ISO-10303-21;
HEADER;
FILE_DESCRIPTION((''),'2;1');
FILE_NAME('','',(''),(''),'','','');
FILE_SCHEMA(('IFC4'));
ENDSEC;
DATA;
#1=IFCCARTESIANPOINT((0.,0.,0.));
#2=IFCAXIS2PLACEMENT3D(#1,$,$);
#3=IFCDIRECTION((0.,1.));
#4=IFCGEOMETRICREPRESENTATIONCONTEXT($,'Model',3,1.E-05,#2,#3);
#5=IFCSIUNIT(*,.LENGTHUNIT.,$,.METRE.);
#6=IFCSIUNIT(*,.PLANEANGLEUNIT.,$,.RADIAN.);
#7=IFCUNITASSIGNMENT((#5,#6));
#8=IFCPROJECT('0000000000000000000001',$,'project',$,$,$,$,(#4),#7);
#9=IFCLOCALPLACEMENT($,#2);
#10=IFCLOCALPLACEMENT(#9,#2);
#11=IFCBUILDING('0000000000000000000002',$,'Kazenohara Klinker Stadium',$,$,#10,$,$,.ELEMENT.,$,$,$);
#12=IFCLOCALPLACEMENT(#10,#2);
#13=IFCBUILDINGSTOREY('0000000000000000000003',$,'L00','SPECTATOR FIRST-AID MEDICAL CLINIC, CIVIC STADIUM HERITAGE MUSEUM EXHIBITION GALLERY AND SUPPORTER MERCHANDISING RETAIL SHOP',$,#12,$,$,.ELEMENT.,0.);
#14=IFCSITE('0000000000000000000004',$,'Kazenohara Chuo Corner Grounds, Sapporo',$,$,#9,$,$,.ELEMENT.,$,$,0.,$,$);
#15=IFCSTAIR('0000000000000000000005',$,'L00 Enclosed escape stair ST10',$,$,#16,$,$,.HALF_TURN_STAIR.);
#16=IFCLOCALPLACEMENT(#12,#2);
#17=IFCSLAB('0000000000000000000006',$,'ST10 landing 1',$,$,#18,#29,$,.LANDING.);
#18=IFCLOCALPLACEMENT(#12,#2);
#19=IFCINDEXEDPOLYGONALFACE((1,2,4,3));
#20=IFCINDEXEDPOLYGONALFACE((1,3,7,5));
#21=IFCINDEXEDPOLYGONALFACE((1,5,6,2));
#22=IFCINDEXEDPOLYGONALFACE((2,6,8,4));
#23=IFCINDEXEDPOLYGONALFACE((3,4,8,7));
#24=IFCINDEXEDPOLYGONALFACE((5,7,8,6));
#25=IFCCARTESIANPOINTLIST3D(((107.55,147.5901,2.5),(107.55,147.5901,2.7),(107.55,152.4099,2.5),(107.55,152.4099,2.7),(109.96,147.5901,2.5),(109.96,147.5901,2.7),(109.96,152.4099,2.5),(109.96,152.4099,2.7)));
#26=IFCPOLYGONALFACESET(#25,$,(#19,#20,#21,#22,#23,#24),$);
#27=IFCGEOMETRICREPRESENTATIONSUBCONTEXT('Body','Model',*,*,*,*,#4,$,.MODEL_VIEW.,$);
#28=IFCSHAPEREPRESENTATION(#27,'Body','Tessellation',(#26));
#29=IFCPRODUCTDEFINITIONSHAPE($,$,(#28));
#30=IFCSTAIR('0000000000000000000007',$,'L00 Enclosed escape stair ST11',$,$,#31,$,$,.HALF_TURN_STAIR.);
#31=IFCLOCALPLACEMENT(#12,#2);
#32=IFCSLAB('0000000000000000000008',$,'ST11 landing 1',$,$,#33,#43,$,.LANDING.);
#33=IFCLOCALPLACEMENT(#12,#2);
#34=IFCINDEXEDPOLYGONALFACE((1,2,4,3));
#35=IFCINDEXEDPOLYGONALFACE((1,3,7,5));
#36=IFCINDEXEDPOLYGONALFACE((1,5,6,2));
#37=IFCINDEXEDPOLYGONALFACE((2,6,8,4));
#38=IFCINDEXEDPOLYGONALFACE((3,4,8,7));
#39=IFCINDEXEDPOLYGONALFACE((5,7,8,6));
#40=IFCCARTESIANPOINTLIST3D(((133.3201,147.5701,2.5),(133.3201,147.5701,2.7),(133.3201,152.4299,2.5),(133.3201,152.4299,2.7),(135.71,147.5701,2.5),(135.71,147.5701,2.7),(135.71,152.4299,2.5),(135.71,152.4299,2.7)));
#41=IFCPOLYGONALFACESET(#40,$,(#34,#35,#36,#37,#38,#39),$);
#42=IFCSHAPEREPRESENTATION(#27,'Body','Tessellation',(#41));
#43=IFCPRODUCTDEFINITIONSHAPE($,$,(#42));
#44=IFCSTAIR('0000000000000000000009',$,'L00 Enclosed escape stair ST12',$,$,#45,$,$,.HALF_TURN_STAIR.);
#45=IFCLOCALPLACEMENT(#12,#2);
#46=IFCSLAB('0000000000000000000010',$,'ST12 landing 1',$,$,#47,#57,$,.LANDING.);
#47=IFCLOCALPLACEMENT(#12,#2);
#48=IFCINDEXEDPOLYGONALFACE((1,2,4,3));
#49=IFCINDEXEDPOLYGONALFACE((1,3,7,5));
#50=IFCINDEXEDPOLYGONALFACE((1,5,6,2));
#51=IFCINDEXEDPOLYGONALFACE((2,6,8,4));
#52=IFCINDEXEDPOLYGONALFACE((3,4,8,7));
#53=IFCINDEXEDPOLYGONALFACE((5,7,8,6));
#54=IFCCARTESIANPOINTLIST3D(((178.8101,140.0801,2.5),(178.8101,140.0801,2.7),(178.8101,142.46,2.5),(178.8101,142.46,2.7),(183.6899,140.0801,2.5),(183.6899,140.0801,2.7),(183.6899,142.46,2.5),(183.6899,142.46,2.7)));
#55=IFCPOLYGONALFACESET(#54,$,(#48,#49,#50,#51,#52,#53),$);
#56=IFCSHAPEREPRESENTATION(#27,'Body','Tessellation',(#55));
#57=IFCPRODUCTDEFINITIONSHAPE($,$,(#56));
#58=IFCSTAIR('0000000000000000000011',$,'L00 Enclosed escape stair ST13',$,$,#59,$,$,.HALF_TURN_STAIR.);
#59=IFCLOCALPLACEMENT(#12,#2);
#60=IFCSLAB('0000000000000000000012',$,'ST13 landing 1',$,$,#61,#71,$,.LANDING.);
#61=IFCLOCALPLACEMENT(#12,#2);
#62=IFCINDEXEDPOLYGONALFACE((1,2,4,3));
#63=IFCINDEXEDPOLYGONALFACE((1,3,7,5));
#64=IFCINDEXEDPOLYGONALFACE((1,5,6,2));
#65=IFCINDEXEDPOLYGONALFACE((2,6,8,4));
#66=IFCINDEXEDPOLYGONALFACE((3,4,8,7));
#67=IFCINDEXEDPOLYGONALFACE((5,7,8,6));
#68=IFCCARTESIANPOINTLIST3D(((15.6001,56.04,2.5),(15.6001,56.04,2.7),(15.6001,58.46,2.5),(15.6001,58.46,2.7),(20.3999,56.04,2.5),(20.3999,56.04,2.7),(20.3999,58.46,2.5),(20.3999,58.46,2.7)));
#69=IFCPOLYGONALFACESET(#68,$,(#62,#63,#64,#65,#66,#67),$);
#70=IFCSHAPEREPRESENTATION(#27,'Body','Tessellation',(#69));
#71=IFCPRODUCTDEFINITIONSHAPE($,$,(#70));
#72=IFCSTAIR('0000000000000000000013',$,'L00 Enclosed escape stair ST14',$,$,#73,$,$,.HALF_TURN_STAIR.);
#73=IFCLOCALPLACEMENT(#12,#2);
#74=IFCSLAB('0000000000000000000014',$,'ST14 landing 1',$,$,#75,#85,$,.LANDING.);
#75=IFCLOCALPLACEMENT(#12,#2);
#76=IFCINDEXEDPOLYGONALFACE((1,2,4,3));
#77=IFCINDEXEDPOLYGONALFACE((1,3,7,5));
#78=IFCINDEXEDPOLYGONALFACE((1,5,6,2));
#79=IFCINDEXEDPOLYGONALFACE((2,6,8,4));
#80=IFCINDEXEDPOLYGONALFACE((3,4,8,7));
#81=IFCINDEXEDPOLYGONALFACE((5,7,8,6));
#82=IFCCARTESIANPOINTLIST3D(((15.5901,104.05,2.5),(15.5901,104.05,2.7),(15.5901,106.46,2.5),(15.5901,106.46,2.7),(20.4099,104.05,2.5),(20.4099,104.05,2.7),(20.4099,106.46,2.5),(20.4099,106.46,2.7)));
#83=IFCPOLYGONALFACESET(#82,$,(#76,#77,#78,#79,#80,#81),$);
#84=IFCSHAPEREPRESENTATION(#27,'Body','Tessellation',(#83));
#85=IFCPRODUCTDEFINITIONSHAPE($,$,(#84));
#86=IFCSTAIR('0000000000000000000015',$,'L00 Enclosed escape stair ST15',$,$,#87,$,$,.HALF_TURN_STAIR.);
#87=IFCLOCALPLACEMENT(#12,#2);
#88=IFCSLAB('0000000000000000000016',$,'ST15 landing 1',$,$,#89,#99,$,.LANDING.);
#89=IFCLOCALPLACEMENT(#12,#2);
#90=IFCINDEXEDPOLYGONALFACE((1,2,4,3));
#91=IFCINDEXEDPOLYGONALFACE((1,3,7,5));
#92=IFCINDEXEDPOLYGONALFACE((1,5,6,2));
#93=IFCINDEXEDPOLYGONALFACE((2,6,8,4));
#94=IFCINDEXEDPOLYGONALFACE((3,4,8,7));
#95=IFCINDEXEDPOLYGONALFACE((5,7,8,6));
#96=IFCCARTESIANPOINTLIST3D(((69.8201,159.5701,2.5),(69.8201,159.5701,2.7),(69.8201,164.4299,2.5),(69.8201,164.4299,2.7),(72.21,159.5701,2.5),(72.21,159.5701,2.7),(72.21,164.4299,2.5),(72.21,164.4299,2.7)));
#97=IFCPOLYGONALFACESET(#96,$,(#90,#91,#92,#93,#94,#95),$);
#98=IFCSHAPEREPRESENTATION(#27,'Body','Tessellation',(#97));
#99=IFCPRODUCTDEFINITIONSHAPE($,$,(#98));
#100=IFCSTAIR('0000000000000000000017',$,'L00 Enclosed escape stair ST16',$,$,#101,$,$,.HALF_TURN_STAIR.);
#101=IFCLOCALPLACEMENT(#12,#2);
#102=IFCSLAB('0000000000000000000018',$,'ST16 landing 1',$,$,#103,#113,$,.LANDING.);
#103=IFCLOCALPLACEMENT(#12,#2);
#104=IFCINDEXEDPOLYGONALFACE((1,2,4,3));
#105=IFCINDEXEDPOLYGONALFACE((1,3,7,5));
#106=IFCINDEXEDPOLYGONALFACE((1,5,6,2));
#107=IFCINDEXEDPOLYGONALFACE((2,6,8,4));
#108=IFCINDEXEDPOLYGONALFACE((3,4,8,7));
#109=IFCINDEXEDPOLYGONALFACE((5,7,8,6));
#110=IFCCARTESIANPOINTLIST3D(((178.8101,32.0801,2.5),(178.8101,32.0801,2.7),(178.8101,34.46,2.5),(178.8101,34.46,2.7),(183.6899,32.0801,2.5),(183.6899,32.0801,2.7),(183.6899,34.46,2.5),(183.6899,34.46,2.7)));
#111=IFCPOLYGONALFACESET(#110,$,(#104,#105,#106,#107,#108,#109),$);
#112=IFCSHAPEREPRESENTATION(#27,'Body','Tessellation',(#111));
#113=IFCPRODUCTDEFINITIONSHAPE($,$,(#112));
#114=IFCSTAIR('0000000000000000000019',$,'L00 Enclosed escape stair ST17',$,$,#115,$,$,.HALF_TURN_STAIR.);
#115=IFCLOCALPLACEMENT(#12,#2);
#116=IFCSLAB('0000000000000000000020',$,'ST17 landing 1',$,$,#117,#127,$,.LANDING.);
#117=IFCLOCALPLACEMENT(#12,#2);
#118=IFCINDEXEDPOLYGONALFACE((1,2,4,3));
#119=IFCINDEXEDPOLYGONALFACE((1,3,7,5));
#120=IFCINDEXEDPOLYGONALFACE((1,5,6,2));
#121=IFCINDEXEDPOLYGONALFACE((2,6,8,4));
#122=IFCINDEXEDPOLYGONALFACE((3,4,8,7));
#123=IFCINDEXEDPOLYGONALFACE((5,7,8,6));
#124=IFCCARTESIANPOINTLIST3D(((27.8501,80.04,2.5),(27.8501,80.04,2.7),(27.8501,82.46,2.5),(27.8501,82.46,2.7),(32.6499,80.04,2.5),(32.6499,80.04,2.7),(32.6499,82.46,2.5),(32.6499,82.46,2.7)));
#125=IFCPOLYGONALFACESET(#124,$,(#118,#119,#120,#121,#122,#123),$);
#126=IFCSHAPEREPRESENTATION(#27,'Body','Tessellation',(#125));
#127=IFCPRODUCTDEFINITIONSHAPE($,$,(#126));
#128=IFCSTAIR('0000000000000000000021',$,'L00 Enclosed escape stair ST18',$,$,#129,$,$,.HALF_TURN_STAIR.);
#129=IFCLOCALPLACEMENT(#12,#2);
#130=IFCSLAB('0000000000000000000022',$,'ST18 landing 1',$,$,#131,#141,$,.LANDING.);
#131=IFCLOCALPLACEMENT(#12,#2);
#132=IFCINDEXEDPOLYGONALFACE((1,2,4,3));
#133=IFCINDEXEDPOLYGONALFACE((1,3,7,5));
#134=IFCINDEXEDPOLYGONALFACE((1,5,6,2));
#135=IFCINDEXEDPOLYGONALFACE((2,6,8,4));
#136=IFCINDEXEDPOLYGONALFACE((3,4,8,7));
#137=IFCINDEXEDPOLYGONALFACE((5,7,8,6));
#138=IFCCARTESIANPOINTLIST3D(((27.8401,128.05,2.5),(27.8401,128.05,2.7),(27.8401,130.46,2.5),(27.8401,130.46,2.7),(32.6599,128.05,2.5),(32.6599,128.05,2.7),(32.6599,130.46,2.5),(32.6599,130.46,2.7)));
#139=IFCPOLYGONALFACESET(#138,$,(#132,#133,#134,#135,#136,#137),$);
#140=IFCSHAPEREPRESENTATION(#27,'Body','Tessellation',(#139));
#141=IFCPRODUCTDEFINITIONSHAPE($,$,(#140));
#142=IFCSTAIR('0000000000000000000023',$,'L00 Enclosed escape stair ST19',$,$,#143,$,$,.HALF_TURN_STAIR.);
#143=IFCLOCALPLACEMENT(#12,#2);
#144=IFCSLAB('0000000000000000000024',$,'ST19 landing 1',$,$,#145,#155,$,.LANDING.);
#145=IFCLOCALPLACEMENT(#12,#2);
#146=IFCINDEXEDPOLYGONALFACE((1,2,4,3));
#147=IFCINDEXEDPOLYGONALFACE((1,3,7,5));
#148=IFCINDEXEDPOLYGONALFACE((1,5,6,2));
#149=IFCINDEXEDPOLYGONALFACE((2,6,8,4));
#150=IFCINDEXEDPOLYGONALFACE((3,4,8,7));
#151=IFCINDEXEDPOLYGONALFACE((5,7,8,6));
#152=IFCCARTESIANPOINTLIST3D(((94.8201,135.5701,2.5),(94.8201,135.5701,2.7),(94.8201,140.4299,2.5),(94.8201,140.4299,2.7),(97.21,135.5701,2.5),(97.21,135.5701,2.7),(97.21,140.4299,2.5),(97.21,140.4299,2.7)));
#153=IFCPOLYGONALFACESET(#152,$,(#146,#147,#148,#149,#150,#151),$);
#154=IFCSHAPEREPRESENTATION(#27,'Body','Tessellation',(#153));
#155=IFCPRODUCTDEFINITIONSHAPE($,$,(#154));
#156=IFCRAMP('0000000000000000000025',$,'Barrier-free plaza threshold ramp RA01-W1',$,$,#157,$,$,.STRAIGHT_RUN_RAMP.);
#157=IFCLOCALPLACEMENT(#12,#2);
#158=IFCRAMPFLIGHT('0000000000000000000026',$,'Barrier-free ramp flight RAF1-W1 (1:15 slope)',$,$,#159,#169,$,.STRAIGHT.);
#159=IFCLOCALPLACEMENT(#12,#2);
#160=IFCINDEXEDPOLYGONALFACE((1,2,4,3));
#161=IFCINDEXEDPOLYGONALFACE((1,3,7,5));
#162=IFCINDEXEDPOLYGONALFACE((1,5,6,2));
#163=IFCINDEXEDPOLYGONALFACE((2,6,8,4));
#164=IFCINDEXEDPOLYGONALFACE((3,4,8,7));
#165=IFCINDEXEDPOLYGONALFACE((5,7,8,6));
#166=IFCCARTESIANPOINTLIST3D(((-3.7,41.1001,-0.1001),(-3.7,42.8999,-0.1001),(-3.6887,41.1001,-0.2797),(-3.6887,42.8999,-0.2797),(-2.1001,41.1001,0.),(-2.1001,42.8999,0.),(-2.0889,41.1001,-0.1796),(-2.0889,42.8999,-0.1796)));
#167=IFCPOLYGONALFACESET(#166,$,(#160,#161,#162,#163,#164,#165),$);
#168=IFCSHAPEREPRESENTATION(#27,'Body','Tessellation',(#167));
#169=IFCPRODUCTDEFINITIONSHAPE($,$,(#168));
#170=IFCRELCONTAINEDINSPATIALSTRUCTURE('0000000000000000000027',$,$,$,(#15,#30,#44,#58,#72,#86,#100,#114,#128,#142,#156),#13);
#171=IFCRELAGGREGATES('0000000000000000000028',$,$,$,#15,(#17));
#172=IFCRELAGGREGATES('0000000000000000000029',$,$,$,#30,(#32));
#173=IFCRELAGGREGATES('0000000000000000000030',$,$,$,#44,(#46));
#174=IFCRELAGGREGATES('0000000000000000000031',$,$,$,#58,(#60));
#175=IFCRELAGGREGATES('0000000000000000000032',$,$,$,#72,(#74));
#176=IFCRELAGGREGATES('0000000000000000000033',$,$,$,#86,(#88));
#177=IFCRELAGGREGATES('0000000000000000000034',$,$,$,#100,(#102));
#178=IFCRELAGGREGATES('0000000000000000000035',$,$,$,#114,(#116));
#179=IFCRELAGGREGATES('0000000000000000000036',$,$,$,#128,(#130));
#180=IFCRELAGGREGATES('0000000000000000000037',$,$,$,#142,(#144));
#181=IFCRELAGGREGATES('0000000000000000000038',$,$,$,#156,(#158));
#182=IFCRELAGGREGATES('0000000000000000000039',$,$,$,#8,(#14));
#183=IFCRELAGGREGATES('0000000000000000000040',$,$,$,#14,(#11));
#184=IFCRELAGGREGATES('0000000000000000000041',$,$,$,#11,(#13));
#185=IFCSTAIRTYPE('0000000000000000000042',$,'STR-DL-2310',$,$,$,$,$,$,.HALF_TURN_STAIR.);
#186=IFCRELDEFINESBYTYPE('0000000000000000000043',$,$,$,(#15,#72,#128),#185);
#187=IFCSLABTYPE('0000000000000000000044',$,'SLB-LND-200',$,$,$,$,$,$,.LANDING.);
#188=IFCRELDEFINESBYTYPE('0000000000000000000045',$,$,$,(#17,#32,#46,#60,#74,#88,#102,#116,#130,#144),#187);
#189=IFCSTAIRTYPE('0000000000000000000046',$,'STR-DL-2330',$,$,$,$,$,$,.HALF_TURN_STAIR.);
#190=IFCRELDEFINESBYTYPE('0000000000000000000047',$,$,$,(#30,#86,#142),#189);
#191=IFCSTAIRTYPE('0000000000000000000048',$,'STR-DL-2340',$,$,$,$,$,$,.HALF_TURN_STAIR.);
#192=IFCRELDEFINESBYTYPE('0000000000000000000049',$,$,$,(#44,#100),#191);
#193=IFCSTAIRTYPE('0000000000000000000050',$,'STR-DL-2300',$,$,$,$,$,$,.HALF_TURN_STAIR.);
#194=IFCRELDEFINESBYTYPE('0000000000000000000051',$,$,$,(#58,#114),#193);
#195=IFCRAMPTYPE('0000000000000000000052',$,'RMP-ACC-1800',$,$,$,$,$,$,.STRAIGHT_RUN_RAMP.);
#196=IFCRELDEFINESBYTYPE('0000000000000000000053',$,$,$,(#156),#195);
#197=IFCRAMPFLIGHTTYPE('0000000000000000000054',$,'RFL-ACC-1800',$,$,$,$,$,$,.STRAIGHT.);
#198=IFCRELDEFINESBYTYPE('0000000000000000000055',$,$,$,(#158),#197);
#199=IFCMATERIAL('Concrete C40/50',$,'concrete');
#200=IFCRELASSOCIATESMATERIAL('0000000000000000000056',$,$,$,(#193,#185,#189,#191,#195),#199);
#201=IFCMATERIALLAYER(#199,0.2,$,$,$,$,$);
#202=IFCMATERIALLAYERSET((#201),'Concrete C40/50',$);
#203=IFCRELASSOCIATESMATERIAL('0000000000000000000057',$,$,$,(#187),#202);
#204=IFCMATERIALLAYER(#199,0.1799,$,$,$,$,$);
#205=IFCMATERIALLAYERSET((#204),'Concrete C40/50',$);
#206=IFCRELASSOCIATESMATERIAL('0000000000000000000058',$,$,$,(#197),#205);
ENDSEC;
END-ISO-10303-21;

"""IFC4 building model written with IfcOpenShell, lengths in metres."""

from ifc_helpers import new_model, si_unit, direction, frame, origin, place, context, subcontext, project, spatial, polyline, outline, extrude, material, layer, layer_set, type_object, element, aggregate, save


model = new_model("IFC4")

# Units and contexts
model_context = context("Model", 3, precision=1e-05, world=origin(), true_north=direction((0.0, 1.0)))
body_context = subcontext(model_context, "Body", "Model", "MODEL_VIEW")
ifc_project = project(units=[si_unit("LENGTHUNIT", "METRE"), si_unit("PLANEANGLEUNIT", "RADIAN")], contexts=[model_context])

# Site, building, storey
site_placement = place(None, origin())
site = spatial("IfcSite", under=ifc_project, at=site_placement, Name="Kazenohara Chuo Corner Grounds, Sapporo", CompositionType="ELEMENT", RefElevation=0.0)
building_placement = place(site_placement, origin())
building = spatial("IfcBuilding", under=site, at=building_placement, Name="Kazenohara Klinker Stadium", CompositionType="ELEMENT")
storey_placement = place(building_placement, origin())
storey = spatial("IfcBuildingStorey", under=building, at=storey_placement, Name="L00", Description="SPECTATOR FIRST-AID MEDICAL CLINIC, CIVIC STADIUM HERITAGE MUSEUM EXHIBITION GALLERY AND SUPPORTER MERCHANDISING RETAIL SHOP", CompositionType="ELEMENT", Elevation=0.0)

# Shared definitions
ifc_material = material(Name="Concrete C40/50", Category="concrete")

# Stairs, slabs
stair_type_1 = type_object("IfcStairType", Name="STR-DL-2300", PredefinedType="HALF_TURN_STAIR", material=ifc_material)
ifc_layer_1 = layer(ifc_material, 0.2)
ifc_layer_set_1 = layer_set([ifc_layer_1], Name="Concrete C40/50")
slab_type_1 = type_object("IfcSlabType", Name="SLB-LND-200", PredefinedType="LANDING", material=ifc_layer_set_1)
stair_type_2 = type_object("IfcStairType", Name="STR-DL-2310", PredefinedType="HALF_TURN_STAIR", material=ifc_material)
stair_type_3 = type_object("IfcStairType", Name="STR-DL-2330", PredefinedType="HALF_TURN_STAIR", material=ifc_material)
stair_type_4 = type_object("IfcStairType", Name="STR-DL-2340", PredefinedType="HALF_TURN_STAIR", material=ifc_material)
stair_1_placement = place(storey_placement, origin())
stair_1 = element("IfcStair", 1, at=stair_1_placement, inside=storey, type_object=stair_type_2, Name="L00 Enclosed escape stair ST10", PredefinedType="HALF_TURN_STAIR")
slab_1_placement = place(storey_placement, frame((0.0, 0.0, 2.5)))
slab_1 = element("IfcSlab", 2, at=slab_1_placement, type_object=slab_type_1, Name="ST10 landing 1", PredefinedType="LANDING", context=body_context, shape_type="SweptSolid", body=[
    extrude(outline(polyline([(107.55, 147.5901), (109.96, 147.5901), (109.96, 152.4099), (107.55, 152.4099), (107.55, 147.5901)])), origin(), (0.0, 0.0, 1.0), 0.2),
])
aggregate(stair_1, [slab_1])
stair_2_placement = place(storey_placement, origin())
stair_2 = element("IfcStair", 3, at=stair_2_placement, inside=storey, type_object=stair_type_3, Name="L00 Enclosed escape stair ST11", PredefinedType="HALF_TURN_STAIR")
slab_2_placement = place(storey_placement, frame((0.0, 0.0, 2.5)))
slab_2 = element("IfcSlab", 4, at=slab_2_placement, type_object=slab_type_1, Name="ST11 landing 1", PredefinedType="LANDING", context=body_context, shape_type="SweptSolid", body=[
    extrude(outline(polyline([(133.3201, 147.5701), (135.71, 147.5701), (135.71, 152.4299), (133.3201, 152.4299), (133.3201, 147.5701)])), origin(), (0.0, 0.0, 1.0), 0.2),
])
aggregate(stair_2, [slab_2])
stair_3_placement = place(storey_placement, origin())
stair_3 = element("IfcStair", 5, at=stair_3_placement, inside=storey, type_object=stair_type_4, Name="L00 Enclosed escape stair ST12", PredefinedType="HALF_TURN_STAIR")
slab_3_placement = place(storey_placement, frame((0.0, 0.0, 2.5)))
slab_3 = element("IfcSlab", 6, at=slab_3_placement, type_object=slab_type_1, Name="ST12 landing 1", PredefinedType="LANDING", context=body_context, shape_type="SweptSolid", body=[
    extrude(outline(polyline([(183.6899, 140.0801), (183.6899, 142.46), (178.8101, 142.46), (178.8101, 140.0801), (183.6899, 140.0801)])), origin(), (0.0, 0.0, 1.0), 0.2),
])
aggregate(stair_3, [slab_3])
stair_4_placement = place(storey_placement, origin())
stair_4 = element("IfcStair", 7, at=stair_4_placement, inside=storey, type_object=stair_type_1, Name="L00 Enclosed escape stair ST13", PredefinedType="HALF_TURN_STAIR")
slab_4_placement = place(storey_placement, frame((0.0, 0.0, 2.5)))
slab_4 = element("IfcSlab", 8, at=slab_4_placement, type_object=slab_type_1, Name="ST13 landing 1", PredefinedType="LANDING", context=body_context, shape_type="SweptSolid", body=[
    extrude(outline(polyline([(20.3999, 56.04), (20.3999, 58.46), (15.6001, 58.46), (15.6001, 56.04), (20.3999, 56.04)])), origin(), (0.0, 0.0, 1.0), 0.2),
])
aggregate(stair_4, [slab_4])
stair_5_placement = place(storey_placement, origin())
stair_5 = element("IfcStair", 9, at=stair_5_placement, inside=storey, type_object=stair_type_2, Name="L00 Enclosed escape stair ST14", PredefinedType="HALF_TURN_STAIR")
slab_5_placement = place(storey_placement, frame((0.0, 0.0, 2.5)))
slab_5 = element("IfcSlab", 10, at=slab_5_placement, type_object=slab_type_1, Name="ST14 landing 1", PredefinedType="LANDING", context=body_context, shape_type="SweptSolid", body=[
    extrude(outline(polyline([(20.4099, 104.05), (20.4099, 106.46), (15.5901, 106.46), (15.5901, 104.05), (20.4099, 104.05)])), origin(), (0.0, 0.0, 1.0), 0.2),
])
aggregate(stair_5, [slab_5])
stair_6_placement = place(storey_placement, origin())
stair_6 = element("IfcStair", 11, at=stair_6_placement, inside=storey, type_object=stair_type_3, Name="L00 Enclosed escape stair ST15", PredefinedType="HALF_TURN_STAIR")
slab_6_placement = place(storey_placement, frame((0.0, 0.0, 2.5)))
slab_6 = element("IfcSlab", 12, at=slab_6_placement, type_object=slab_type_1, Name="ST15 landing 1", PredefinedType="LANDING", context=body_context, shape_type="SweptSolid", body=[
    extrude(outline(polyline([(69.8201, 159.5701), (72.21, 159.5701), (72.21, 164.4299), (69.8201, 164.4299), (69.8201, 159.5701)])), origin(), (0.0, 0.0, 1.0), 0.2),
])
aggregate(stair_6, [slab_6])
stair_7_placement = place(storey_placement, origin())
stair_7 = element("IfcStair", 13, at=stair_7_placement, inside=storey, type_object=stair_type_4, Name="L00 Enclosed escape stair ST16", PredefinedType="HALF_TURN_STAIR")
slab_7_placement = place(storey_placement, frame((0.0, 0.0, 2.5)))
slab_7 = element("IfcSlab", 14, at=slab_7_placement, type_object=slab_type_1, Name="ST16 landing 1", PredefinedType="LANDING", context=body_context, shape_type="SweptSolid", body=[
    extrude(outline(polyline([(183.6899, 32.0801), (183.6899, 34.46), (178.8101, 34.46), (178.8101, 32.0801), (183.6899, 32.0801)])), origin(), (0.0, 0.0, 1.0), 0.2),
])
aggregate(stair_7, [slab_7])
stair_8_placement = place(storey_placement, origin())
stair_8 = element("IfcStair", 15, at=stair_8_placement, inside=storey, type_object=stair_type_1, Name="L00 Enclosed escape stair ST17", PredefinedType="HALF_TURN_STAIR")
slab_8_placement = place(storey_placement, frame((0.0, 0.0, 2.5)))
slab_8 = element("IfcSlab", 16, at=slab_8_placement, type_object=slab_type_1, Name="ST17 landing 1", PredefinedType="LANDING", context=body_context, shape_type="SweptSolid", body=[
    extrude(outline(polyline([(32.6499, 80.04), (32.6499, 82.46), (27.8501, 82.46), (27.8501, 80.04), (32.6499, 80.04)])), origin(), (0.0, 0.0, 1.0), 0.2),
])
aggregate(stair_8, [slab_8])
stair_9_placement = place(storey_placement, origin())
stair_9 = element("IfcStair", 17, at=stair_9_placement, inside=storey, type_object=stair_type_2, Name="L00 Enclosed escape stair ST18", PredefinedType="HALF_TURN_STAIR")
slab_9_placement = place(storey_placement, frame((0.0, 0.0, 2.5)))
slab_9 = element("IfcSlab", 18, at=slab_9_placement, type_object=slab_type_1, Name="ST18 landing 1", PredefinedType="LANDING", context=body_context, shape_type="SweptSolid", body=[
    extrude(outline(polyline([(32.6599, 128.05), (32.6599, 130.46), (27.8401, 130.46), (27.8401, 128.05), (32.6599, 128.05)])), origin(), (0.0, 0.0, 1.0), 0.2),
])
aggregate(stair_9, [slab_9])
stair_10_placement = place(storey_placement, origin())
stair_10 = element("IfcStair", 19, at=stair_10_placement, inside=storey, type_object=stair_type_3, Name="L00 Enclosed escape stair ST19", PredefinedType="HALF_TURN_STAIR")
slab_10_placement = place(storey_placement, frame((0.0, 0.0, 2.5)))
slab_10 = element("IfcSlab", 20, at=slab_10_placement, type_object=slab_type_1, Name="ST19 landing 1", PredefinedType="LANDING", context=body_context, shape_type="SweptSolid", body=[
    extrude(outline(polyline([(94.8201, 135.5701), (97.21, 135.5701), (97.21, 140.4299), (94.8201, 140.4299), (94.8201, 135.5701)])), origin(), (0.0, 0.0, 1.0), 0.2),
])
aggregate(stair_10, [slab_10])

# Ramp, ramp flight
ramp_type = type_object("IfcRampType", Name="RMP-ACC-1800", PredefinedType="STRAIGHT_RUN_RAMP", material=ifc_material)
ramp_placement = place(storey_placement, origin())
ramp = element("IfcRamp", 21, at=ramp_placement, inside=storey, type_object=ramp_type, Name="Barrier-free plaza threshold ramp RA01-W1", PredefinedType="STRAIGHT_RUN_RAMP")
ifc_layer_2 = layer(ifc_material, 0.1799)
ifc_layer_set_2 = layer_set([ifc_layer_2], Name="Concrete C40/50")
ramp_flight_type = type_object("IfcRampFlightType", Name="RFL-ACC-1800", PredefinedType="STRAIGHT", material=ifc_layer_set_2)
ramp_flight_placement = place(storey_placement, frame((-3.7, 41.1001, -0.1001), z_axis=(-0.062445, 0.0, 0.998048), x_axis=(0.998048, 0.0, 0.062445)))
ramp_flight = element("IfcRampFlight", 22, at=ramp_flight_placement, type_object=ramp_flight_type, Name="Barrier-free ramp flight RAF1-W1 (1:15 slope)", PredefinedType="STRAIGHT", context=body_context, shape_type="SweptSolid", body=[
    extrude(outline(polyline([(0.0, 0.0), (1.603, 0.0), (1.603, 1.7998), (0.0, 1.7998), (0.0, 0.0)])), origin(), (0.0, 0.0, -1.0), 0.1799),
])
aggregate(ramp, [ramp_flight])

save(model, "model.ifc")
